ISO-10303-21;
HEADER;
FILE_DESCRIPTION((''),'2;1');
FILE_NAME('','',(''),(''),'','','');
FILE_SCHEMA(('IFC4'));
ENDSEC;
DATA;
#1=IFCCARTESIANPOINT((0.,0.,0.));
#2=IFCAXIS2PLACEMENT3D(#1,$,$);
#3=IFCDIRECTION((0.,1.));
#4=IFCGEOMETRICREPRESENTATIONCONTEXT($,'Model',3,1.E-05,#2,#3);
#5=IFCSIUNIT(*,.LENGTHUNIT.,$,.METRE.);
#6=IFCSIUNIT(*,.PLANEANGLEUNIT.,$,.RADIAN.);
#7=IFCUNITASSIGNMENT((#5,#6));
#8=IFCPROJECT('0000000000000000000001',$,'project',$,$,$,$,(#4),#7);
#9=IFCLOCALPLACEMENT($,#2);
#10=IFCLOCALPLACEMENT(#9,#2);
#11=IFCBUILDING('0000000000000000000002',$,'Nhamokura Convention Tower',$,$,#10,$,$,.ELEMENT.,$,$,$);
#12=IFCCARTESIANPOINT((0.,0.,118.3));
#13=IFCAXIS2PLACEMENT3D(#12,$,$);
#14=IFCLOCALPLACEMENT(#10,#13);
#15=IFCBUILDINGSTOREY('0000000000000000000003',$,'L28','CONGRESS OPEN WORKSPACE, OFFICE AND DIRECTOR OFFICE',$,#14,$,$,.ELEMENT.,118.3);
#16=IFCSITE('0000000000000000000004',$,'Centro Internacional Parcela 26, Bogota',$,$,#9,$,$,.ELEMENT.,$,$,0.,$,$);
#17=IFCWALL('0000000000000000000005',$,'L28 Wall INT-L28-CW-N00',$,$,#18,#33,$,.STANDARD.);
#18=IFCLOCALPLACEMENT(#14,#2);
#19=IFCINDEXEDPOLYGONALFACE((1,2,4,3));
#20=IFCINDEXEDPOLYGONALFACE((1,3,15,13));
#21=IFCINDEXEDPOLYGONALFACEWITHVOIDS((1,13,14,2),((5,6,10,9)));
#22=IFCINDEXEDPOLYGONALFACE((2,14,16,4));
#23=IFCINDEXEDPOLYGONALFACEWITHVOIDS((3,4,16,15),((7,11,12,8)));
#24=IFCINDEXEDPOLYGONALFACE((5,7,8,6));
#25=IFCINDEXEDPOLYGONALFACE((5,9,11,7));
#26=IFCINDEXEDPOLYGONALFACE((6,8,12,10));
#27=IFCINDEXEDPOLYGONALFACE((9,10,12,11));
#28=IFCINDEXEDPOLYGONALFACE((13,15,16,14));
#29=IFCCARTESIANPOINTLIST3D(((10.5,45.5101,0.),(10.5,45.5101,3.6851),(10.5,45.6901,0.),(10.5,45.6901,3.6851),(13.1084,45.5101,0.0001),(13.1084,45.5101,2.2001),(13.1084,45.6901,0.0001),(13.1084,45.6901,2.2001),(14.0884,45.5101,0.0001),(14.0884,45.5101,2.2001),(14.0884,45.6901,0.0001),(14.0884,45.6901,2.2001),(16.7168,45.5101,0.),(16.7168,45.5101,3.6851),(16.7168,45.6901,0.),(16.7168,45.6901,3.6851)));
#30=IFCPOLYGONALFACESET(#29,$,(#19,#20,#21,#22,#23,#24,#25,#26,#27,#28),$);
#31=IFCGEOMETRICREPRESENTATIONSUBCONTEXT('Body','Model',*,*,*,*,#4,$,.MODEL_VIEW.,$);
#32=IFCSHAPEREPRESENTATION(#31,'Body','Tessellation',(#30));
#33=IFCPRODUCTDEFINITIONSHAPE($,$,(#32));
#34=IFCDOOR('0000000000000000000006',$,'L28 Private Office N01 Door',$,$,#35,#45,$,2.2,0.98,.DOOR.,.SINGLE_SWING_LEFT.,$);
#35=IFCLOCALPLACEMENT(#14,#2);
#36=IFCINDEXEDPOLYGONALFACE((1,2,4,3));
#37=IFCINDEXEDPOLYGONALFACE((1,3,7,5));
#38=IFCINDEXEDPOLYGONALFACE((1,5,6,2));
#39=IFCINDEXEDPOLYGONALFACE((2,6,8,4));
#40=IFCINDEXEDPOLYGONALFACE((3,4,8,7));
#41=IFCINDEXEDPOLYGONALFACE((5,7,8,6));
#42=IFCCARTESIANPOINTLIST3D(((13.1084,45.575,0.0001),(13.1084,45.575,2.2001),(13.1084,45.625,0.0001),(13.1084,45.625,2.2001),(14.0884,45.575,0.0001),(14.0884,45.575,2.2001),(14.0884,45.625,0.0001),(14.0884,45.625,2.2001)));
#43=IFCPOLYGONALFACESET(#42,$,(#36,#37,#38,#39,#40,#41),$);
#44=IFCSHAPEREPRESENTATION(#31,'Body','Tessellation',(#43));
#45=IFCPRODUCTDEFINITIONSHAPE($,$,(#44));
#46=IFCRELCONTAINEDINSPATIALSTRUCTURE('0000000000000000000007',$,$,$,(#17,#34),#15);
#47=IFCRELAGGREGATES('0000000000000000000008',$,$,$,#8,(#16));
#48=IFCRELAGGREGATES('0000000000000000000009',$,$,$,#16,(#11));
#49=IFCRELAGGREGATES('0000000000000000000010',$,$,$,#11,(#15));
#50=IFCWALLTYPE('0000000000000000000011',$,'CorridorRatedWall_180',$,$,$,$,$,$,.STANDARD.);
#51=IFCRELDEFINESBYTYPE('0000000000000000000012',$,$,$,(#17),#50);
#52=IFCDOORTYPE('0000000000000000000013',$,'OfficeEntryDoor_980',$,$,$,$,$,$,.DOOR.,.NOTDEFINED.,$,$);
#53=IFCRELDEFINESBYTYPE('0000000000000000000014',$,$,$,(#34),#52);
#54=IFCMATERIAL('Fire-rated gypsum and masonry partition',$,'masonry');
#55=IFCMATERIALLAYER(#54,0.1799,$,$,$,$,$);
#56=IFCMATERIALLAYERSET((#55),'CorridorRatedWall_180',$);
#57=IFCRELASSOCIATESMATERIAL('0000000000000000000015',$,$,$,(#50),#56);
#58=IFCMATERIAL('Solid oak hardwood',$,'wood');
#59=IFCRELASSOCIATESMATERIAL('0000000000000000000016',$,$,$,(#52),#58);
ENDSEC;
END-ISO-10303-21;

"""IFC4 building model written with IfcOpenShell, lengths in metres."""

from ifc_helpers import new_model, si_unit, direction, frame, frame_2d, origin, place, context, subcontext, project, spatial, rectangle, extrude, material, layer, layer_set, type_object, element, fill, save


model = new_model("IFC4")

# Units and contexts
model_context = context("Model", 3, precision=1e-05, world=origin(), true_north=direction((0.0, 1.0)))
body_context = subcontext(model_context, "Body", "Model", "MODEL_VIEW")
ifc_project = project(units=[si_unit("LENGTHUNIT", "METRE"), si_unit("PLANEANGLEUNIT", "RADIAN")], contexts=[model_context])

# Site, building, storey
site_placement = place(None, origin())
site = spatial("IfcSite", under=ifc_project, at=site_placement, Name="Centro Internacional Parcela 26, Bogota", CompositionType="ELEMENT", RefElevation=0.0)
building_placement = place(site_placement, origin())
building = spatial("IfcBuilding", under=site, at=building_placement, Name="Nhamokura Convention Tower", CompositionType="ELEMENT")
storey_placement = place(building_placement, frame((0.0, 0.0, 118.3)))
storey = spatial("IfcBuildingStorey", under=building, at=storey_placement, Name="L28", Description="CONGRESS OPEN WORKSPACE, OFFICE AND DIRECTOR OFFICE", CompositionType="ELEMENT", Elevation=118.3)

# Wall, opening, door
ifc_material_1 = material(Name="Fire-rated gypsum and masonry partition", Category="masonry")
ifc_layer_1 = layer(ifc_material_1, 0.1799)
ifc_layer_set_1 = layer_set([ifc_layer_1], Name="CorridorRatedWall_180")
wall_type_1 = type_object("IfcWallType", Name="CorridorRatedWall_180", PredefinedType="STANDARD", material=ifc_layer_set_1)
wall_placement = place(storey_placement, frame((10.5, 45.6001, 0.0), z_axis=(0.0, 0.0, 1.0), x_axis=(1.0, 0.0, 0.0)))
wall = element("IfcWall", 1, at=wall_placement, inside=storey, type_object=wall_type_1, Name="L28 Wall INT-L28-CW-N00", PredefinedType="STANDARD", context=body_context, shape_type="SweptSolid", body=[
    extrude(rectangle(XDim=6.2168, YDim=0.1799, at=frame_2d((3.1084, 0.0))), origin(), (0.0, 0.0, 1.0), 3.6851),
])
opening_placement = place(wall_placement, frame((2.6084, 0.0, 0.0)))
opening = element("IfcOpeningElement", 2, at=opening_placement, cuts=wall, PredefinedType="OPENING", context=body_context, shape_type="SweptSolid", body=[
    extrude(rectangle(XDim=0.98, YDim=2.2, at=frame_2d((0.49, 1.1001))), frame((0.0, 0.0999, 0.0), z_axis=(0.0, -1.0, 0.0), x_axis=(1.0, 0.0, 0.0)), (0.0, 0.0, 1.0), 0.2),
])
ifc_material_2 = material(Name="Solid oak hardwood", Category="wood")
door_type = type_object("IfcDoorType", Name="OfficeEntryDoor_980", OperationType="NOTDEFINED", PredefinedType="DOOR", material=ifc_material_2)
door_placement = place(opening_placement, origin())
door = element("IfcDoor", 3, at=door_placement, inside=storey, type_object=door_type, Name="L28 Private Office N01 Door", OperationType="SINGLE_SWING_LEFT", OverallHeight=2.2, OverallWidth=0.98, PredefinedType="DOOR", context=body_context, shape_type="SweptSolid", body=[
    extrude(rectangle(XDim=0.98, YDim=2.2, at=frame_2d((0.49, 1.1001))), frame((0.0, 0.0249, 0.0), z_axis=(0.0, -1.0, 0.0), x_axis=(1.0, 0.0, 0.0)), (0.0, 0.0, 1.0), 0.05),
])
fill(opening, door)

save(model, "model.ifc")
